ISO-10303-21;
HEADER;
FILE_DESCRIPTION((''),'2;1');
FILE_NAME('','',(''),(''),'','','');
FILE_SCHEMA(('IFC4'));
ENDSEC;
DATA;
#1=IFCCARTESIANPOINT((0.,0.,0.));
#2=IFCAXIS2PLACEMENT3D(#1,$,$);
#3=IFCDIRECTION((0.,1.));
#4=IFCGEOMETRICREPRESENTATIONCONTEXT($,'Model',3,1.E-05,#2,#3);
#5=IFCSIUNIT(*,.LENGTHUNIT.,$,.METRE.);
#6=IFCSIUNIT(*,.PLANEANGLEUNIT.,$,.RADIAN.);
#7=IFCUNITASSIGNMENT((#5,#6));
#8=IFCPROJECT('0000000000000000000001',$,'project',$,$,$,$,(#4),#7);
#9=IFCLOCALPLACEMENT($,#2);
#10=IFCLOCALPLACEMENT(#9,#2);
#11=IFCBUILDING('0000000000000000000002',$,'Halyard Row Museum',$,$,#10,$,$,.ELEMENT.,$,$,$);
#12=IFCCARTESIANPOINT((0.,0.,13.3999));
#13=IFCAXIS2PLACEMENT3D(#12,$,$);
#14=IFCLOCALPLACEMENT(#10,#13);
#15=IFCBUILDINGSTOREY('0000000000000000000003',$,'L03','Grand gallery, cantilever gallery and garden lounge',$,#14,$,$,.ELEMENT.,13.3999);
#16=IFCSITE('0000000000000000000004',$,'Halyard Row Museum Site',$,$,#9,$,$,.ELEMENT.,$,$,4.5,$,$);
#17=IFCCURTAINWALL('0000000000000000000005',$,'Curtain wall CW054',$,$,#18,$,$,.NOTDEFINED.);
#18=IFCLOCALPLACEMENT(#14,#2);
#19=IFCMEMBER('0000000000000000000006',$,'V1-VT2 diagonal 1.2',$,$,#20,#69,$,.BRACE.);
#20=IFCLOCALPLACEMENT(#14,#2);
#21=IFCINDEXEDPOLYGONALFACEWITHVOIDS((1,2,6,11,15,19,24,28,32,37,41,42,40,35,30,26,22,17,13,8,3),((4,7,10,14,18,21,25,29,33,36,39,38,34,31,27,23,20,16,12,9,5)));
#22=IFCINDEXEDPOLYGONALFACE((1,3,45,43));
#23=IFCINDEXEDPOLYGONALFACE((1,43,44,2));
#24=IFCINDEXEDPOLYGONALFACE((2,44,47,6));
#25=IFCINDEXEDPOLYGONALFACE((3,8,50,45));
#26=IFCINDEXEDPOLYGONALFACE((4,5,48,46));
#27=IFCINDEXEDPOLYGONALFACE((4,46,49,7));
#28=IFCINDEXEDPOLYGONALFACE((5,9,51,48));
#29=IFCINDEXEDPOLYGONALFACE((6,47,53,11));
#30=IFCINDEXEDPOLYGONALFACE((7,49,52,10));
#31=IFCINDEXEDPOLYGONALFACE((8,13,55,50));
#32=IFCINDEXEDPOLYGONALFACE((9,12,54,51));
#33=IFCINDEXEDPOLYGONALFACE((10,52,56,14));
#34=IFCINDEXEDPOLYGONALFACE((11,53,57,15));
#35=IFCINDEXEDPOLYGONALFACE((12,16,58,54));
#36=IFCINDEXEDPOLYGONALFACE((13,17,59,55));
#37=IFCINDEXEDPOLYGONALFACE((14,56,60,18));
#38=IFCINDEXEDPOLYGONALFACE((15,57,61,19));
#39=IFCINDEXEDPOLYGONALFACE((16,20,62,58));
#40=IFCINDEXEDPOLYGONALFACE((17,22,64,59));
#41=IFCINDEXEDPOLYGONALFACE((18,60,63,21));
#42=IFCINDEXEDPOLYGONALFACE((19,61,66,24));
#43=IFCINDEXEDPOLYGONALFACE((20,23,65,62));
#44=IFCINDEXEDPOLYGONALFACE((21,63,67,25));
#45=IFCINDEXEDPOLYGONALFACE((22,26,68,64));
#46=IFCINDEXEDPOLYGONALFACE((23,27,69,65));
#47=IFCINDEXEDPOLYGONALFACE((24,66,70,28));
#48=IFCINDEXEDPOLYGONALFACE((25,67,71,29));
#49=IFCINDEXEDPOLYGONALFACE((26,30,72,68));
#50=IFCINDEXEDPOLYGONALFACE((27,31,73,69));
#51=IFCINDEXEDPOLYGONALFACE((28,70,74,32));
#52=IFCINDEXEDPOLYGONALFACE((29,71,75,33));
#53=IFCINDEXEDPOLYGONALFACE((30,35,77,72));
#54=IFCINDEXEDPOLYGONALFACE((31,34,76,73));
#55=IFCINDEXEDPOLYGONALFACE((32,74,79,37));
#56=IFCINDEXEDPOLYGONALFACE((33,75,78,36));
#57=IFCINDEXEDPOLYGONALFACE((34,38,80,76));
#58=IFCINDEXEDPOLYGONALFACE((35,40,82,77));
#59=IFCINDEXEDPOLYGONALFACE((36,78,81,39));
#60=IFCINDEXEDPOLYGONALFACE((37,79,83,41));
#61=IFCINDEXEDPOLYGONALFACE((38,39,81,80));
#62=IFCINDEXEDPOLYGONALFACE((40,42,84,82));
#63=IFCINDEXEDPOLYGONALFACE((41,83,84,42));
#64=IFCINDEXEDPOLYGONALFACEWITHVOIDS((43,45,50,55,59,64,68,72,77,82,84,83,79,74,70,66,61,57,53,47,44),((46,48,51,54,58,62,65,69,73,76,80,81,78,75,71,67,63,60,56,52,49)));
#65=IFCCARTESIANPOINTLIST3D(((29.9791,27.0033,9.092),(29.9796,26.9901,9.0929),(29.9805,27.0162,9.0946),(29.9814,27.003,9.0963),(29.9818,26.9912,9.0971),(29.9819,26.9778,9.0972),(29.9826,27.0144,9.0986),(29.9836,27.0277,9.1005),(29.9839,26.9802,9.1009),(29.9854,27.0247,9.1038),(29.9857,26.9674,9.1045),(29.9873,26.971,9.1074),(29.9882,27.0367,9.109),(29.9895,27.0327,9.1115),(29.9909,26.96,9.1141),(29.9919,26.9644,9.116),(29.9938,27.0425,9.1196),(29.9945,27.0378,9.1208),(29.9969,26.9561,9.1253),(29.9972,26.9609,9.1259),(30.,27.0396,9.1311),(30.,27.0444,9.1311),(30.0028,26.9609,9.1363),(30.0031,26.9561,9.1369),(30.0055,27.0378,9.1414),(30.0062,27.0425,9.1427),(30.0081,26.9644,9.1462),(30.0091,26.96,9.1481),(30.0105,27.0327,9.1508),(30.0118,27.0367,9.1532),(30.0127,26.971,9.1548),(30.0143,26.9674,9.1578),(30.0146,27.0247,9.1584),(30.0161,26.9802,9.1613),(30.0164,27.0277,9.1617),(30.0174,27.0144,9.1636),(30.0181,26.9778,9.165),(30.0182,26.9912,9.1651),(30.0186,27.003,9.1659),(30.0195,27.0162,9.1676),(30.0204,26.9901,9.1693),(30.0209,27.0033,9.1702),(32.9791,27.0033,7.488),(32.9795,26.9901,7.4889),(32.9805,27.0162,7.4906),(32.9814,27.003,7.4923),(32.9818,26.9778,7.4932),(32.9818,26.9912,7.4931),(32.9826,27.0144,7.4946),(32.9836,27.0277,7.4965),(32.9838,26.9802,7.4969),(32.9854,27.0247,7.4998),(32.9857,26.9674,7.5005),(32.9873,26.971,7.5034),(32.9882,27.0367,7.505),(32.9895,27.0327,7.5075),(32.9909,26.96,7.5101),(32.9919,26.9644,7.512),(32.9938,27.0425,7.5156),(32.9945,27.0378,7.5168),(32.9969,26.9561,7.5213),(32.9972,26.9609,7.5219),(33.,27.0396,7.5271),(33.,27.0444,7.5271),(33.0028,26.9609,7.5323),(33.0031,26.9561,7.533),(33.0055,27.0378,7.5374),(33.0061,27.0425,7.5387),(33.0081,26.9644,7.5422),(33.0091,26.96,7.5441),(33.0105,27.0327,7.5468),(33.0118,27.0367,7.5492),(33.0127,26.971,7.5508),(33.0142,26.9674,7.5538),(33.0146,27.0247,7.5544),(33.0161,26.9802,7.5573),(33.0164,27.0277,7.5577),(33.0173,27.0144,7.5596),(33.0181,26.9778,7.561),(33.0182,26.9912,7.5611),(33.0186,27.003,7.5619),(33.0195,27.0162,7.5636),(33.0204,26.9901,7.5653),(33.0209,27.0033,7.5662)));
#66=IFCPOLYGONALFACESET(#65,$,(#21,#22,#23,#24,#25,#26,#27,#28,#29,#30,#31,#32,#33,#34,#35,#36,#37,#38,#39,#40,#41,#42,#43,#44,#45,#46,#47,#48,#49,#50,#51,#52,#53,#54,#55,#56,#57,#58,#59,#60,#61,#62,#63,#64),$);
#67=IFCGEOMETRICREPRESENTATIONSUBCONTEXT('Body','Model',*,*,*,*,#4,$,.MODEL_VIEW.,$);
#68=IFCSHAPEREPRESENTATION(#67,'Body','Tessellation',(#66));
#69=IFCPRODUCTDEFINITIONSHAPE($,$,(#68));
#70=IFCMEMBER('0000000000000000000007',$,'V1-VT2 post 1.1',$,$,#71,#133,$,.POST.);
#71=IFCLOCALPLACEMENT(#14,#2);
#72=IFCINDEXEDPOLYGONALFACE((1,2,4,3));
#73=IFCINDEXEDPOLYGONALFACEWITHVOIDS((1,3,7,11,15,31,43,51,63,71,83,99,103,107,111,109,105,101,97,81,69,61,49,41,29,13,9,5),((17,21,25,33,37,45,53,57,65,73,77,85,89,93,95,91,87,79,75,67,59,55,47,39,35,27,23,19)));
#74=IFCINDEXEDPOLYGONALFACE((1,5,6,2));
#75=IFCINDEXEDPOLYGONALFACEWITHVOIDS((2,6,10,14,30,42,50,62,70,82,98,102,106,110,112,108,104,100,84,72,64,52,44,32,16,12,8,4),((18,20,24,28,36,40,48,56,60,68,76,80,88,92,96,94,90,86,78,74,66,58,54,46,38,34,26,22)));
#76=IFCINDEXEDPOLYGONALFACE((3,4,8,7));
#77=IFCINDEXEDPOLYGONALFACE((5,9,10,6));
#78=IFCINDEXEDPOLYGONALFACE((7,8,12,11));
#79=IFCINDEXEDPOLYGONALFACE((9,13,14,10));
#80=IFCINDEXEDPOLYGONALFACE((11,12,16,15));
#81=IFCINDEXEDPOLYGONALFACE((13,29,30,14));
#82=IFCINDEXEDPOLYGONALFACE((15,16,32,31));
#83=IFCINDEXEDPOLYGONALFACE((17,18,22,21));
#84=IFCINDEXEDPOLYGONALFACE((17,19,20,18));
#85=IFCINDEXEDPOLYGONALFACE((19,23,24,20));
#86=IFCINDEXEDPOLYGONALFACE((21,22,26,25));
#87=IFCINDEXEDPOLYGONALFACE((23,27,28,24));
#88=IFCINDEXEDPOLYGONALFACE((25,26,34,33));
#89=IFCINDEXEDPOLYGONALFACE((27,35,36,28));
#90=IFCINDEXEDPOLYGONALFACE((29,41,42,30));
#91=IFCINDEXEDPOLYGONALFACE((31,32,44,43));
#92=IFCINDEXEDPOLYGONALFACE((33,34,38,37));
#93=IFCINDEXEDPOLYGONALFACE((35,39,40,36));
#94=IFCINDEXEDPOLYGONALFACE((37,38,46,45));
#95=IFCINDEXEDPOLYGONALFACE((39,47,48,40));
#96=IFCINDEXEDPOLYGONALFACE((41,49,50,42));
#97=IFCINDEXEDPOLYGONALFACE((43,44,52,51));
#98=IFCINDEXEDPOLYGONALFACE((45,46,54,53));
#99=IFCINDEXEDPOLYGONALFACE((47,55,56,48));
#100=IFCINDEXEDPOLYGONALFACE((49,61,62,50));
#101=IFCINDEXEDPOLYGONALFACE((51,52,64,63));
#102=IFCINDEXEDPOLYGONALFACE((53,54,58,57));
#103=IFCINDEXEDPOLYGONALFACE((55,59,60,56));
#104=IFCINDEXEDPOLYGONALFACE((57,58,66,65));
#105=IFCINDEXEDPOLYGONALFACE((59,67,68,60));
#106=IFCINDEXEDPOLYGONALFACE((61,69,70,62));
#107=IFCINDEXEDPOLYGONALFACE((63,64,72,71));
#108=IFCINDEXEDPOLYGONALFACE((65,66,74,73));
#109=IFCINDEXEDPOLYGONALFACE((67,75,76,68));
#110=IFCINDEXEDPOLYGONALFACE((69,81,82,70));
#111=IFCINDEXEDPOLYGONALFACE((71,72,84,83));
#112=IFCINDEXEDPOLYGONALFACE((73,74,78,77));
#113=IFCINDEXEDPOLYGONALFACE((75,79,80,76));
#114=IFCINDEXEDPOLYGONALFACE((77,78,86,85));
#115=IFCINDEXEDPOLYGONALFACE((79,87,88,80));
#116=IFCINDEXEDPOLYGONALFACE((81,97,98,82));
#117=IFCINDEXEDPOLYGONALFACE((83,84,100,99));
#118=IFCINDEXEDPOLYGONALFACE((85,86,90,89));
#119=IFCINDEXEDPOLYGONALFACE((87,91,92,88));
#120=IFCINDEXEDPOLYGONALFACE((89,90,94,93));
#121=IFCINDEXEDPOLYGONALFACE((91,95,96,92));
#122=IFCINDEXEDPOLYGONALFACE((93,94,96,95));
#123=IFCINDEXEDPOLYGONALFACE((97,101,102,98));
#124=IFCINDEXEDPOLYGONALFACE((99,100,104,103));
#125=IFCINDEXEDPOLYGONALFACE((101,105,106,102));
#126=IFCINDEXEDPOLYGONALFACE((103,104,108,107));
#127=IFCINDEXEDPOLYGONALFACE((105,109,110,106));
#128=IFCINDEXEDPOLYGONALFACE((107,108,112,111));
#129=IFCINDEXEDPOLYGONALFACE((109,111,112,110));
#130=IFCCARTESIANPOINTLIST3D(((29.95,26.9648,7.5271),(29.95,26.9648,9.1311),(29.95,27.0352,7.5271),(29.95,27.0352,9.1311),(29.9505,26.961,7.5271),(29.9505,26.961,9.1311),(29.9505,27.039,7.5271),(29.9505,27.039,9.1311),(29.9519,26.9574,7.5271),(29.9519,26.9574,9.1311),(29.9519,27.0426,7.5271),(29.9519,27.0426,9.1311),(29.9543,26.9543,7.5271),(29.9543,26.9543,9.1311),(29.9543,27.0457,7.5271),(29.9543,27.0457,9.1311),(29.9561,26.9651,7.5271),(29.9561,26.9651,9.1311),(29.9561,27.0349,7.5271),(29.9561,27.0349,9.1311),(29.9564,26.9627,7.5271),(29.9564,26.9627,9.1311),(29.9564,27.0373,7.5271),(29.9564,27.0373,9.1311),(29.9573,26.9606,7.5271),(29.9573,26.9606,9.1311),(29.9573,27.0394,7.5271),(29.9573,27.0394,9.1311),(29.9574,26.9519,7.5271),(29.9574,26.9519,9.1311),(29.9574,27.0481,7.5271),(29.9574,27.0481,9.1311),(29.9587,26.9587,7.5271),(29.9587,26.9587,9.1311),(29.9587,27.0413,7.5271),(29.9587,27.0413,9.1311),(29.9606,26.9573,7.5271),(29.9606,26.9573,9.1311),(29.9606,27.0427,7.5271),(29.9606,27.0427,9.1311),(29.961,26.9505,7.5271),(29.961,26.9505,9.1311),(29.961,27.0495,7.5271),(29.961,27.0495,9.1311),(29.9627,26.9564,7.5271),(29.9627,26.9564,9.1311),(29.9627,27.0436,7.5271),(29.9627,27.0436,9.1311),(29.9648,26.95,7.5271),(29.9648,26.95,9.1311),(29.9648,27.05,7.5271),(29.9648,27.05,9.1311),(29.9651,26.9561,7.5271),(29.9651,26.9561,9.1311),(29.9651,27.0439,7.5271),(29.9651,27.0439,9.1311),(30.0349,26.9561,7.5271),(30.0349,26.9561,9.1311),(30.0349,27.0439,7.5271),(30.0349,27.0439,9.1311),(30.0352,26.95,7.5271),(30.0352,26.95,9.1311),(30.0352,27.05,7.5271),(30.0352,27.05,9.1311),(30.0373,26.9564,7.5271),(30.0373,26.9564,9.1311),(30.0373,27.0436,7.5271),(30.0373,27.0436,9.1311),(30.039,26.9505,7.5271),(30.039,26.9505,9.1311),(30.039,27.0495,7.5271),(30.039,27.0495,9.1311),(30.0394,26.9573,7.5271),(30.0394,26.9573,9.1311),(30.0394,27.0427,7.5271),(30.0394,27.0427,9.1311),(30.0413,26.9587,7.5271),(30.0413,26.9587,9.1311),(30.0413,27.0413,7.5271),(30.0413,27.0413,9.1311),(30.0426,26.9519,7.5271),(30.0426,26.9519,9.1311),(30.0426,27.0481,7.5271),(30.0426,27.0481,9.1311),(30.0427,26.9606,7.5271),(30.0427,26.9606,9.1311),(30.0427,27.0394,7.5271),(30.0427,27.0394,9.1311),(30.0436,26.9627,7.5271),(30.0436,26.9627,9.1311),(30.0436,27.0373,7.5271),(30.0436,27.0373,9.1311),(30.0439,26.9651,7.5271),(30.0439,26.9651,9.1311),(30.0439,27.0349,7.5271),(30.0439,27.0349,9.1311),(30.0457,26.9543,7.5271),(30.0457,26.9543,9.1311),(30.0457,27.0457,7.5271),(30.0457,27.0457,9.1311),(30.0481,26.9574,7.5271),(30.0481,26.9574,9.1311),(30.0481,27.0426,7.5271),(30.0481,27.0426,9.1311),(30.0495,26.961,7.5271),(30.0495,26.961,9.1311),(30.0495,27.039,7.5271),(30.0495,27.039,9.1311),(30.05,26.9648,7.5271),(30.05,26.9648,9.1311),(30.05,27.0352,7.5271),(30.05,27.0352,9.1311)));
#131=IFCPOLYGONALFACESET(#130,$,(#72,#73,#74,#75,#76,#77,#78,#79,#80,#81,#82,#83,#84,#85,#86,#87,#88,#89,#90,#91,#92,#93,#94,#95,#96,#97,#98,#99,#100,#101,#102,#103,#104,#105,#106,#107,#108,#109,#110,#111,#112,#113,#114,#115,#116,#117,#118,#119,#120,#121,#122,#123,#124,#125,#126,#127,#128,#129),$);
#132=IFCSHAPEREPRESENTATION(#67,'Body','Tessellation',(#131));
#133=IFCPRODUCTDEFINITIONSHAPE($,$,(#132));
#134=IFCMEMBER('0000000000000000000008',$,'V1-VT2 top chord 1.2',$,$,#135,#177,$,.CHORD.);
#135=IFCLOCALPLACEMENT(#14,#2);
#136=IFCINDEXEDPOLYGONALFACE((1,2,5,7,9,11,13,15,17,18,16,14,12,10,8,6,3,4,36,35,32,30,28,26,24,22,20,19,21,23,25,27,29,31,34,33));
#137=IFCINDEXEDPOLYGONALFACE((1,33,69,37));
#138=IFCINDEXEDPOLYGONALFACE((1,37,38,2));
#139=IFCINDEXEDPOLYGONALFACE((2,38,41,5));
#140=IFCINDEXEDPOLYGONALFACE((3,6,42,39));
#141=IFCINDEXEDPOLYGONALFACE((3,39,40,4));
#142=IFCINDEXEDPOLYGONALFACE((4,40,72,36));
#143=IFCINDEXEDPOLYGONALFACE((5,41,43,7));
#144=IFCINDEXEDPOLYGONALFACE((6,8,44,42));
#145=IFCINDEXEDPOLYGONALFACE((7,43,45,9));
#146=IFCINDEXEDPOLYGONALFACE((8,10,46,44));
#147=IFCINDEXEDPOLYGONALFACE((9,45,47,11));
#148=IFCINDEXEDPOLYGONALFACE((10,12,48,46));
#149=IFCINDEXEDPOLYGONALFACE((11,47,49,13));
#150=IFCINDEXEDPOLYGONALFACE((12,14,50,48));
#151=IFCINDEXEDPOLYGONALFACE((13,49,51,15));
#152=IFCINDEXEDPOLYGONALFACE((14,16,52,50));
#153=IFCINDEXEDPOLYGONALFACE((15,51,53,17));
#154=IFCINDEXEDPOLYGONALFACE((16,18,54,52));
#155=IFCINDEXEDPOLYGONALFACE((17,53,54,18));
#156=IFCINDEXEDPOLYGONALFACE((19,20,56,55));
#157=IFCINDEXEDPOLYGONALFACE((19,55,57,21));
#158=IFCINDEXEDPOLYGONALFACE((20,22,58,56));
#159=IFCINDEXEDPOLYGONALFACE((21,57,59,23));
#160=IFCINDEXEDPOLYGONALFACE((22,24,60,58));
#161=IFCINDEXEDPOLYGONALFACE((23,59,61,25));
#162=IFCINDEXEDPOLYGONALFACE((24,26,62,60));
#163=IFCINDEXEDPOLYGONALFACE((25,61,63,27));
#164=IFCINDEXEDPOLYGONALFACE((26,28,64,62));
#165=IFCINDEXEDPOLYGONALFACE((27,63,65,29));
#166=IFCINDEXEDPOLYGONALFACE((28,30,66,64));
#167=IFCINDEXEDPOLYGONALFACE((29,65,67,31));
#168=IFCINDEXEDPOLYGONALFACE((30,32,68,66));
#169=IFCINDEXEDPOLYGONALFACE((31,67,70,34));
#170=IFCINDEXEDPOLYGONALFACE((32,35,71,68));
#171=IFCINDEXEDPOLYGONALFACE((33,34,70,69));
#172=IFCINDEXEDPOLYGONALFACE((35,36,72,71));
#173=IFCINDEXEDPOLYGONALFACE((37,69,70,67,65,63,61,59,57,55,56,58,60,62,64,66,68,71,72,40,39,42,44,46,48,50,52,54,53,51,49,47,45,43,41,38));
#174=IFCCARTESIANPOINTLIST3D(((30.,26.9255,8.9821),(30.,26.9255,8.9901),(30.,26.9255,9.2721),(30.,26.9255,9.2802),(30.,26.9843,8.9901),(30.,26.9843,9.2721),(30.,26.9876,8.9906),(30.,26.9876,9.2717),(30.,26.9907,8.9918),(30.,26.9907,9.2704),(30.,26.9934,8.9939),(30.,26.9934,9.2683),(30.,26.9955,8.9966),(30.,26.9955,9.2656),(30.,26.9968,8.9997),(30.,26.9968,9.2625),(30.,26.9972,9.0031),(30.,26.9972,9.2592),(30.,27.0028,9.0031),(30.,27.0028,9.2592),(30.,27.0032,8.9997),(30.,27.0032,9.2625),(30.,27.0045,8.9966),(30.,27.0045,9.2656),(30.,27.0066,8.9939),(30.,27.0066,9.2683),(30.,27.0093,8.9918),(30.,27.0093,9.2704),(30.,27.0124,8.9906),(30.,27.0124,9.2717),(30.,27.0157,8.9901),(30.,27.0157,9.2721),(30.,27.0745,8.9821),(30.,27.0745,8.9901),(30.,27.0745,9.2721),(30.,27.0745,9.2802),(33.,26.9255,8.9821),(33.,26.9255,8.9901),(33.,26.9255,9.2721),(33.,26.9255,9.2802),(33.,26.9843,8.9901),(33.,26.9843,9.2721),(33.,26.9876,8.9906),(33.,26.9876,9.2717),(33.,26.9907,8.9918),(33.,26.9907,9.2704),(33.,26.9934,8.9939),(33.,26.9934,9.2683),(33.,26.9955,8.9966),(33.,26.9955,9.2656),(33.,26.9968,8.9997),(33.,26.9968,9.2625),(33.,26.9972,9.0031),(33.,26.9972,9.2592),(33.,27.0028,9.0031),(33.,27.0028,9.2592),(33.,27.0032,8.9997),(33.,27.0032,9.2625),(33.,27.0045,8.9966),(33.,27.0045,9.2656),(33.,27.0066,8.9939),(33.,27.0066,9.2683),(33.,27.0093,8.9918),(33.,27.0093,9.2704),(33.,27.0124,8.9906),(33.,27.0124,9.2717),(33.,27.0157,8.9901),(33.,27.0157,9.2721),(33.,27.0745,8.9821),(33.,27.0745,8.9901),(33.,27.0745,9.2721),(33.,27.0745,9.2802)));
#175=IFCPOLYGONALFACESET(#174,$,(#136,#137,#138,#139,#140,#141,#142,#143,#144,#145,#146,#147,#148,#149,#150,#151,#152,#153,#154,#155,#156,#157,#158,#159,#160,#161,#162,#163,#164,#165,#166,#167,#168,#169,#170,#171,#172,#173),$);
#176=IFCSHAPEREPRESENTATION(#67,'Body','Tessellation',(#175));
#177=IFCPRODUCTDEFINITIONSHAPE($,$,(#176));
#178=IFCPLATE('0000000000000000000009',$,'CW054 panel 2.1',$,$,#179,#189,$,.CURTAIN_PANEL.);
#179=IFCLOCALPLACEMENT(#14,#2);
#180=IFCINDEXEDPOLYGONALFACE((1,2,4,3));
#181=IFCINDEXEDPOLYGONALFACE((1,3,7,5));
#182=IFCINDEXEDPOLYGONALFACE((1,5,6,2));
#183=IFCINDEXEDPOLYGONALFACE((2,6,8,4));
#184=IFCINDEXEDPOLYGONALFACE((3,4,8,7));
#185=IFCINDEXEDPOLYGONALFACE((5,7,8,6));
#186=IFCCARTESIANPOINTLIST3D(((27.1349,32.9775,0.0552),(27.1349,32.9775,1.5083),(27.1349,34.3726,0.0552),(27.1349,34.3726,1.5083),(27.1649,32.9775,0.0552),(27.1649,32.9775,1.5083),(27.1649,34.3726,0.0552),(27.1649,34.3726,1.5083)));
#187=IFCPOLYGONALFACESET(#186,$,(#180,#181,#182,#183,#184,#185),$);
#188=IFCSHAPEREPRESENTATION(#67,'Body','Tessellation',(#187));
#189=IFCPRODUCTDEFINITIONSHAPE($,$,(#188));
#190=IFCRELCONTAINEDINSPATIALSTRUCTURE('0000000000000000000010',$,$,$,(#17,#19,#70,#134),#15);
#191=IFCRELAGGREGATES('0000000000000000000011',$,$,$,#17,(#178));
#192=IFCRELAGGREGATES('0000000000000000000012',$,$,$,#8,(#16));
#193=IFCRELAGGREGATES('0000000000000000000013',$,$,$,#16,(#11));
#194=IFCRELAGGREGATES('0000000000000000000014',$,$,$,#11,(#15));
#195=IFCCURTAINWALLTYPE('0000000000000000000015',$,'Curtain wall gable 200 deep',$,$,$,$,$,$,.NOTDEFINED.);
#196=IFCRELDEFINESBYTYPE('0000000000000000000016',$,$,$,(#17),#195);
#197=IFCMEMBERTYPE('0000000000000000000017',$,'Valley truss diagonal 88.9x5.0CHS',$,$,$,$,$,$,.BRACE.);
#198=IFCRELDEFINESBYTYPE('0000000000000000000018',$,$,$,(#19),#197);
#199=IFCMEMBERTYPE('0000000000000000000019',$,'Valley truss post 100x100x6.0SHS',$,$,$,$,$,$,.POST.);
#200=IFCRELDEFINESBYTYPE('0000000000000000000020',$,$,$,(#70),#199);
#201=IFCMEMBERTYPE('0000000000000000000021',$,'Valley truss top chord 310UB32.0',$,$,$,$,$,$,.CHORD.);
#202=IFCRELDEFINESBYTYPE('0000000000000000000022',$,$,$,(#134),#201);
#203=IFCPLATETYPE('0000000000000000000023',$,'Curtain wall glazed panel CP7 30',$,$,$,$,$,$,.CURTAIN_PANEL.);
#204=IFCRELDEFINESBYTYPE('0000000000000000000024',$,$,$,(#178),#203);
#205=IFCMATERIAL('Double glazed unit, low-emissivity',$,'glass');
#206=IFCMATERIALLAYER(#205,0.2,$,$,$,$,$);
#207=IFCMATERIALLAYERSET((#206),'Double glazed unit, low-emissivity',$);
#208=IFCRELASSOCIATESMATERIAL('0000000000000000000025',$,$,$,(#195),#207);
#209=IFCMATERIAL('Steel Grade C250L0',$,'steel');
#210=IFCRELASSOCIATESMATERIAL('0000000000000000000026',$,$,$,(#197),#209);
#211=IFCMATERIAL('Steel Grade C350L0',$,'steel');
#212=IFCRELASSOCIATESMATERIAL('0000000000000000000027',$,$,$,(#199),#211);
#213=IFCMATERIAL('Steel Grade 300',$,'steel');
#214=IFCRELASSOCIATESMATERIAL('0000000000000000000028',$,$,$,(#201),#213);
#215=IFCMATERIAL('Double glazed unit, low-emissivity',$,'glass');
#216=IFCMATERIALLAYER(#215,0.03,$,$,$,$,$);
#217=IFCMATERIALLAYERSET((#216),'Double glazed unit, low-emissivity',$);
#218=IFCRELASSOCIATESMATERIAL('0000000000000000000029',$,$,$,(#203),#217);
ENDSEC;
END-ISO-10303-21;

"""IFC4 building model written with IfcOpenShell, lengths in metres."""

from ifc_helpers import new_model, si_unit, direction, frame, origin, origin_2d, place, context, subcontext, project, spatial, rectangle, hollow_rectangle, hollow_circle, i_section, extrude, material, layer, layer_set, material_profile, profile_set, type_object, element, aggregate, save


model = new_model("IFC4")

# Units and contexts
model_context = context("Model", 3, precision=1e-05, world=origin(), true_north=direction((0.0, 1.0)))
body_context = subcontext(model_context, "Body", "Model", "MODEL_VIEW")
ifc_project = project(units=[si_unit("LENGTHUNIT", "METRE"), si_unit("PLANEANGLEUNIT", "RADIAN")], contexts=[model_context])

# Site, building, storey
site_placement = place(None, origin())
site = spatial("IfcSite", under=ifc_project, at=site_placement, Name="Halyard Row Museum Site", CompositionType="ELEMENT", RefElevation=4.5)
building_placement = place(site_placement, origin())
building = spatial("IfcBuilding", under=site, at=building_placement, Name="Halyard Row Museum", CompositionType="ELEMENT")
storey_placement = place(building_placement, frame((0.0, 0.0, 13.3999)))
storey = spatial("IfcBuildingStorey", under=building, at=storey_placement, Name="L03", Description="Grand gallery, cantilever gallery and garden lounge", CompositionType="ELEMENT", Elevation=13.3999)

# Curtain wall
ifc_material_1 = material(Name="Double glazed unit, low-emissivity", Category="glass")
ifc_layer_1 = layer(ifc_material_1, 0.2)
ifc_layer_set_1 = layer_set([ifc_layer_1], Name="Double glazed unit, low-emissivity")
curtain_wall_type = type_object("IfcCurtainWallType", Name="Curtain wall gable 200 deep", PredefinedType="NOTDEFINED", material=ifc_layer_set_1)
curtain_wall_placement = place(storey_placement, origin())
curtain_wall = element("IfcCurtainWall", 1, at=curtain_wall_placement, inside=storey, type_object=curtain_wall_type, Name="Curtain wall CW054", PredefinedType="NOTDEFINED")

# Members
ifc_material_2 = material(Name="Steel Grade C250L0", Category="steel")
ifc_material_profile_1 = material_profile(ifc_material_2, hollow_circle(Radius=0.0444, WallThickness=0.0049, at=origin_2d()), Name="88.9x5.0CHS")
ifc_profile_set_1 = profile_set([ifc_material_profile_1], Name="Steel Grade C250L0")
member_type_1 = type_object("IfcMemberType", Name="Valley truss diagonal 88.9x5.0CHS", PredefinedType="BRACE", material=ifc_profile_set_1)
member_1_placement = place(storey_placement, frame((30.0, 27.0, 9.1311), z_axis=(0.881864, 0.0, -0.471504), x_axis=(0.0, 1.0, 0.0)))
element("IfcMember", 2, at=member_1_placement, inside=storey, type_object=member_type_1, Name="V1-VT2 diagonal 1.2", PredefinedType="BRACE", context=body_context, shape_type="SweptSolid", body=[
    extrude(hollow_circle(Radius=0.0444, WallThickness=0.0049, at=origin_2d()), origin(), (0.0, 0.0, 1.0), 3.4019),
])
ifc_material_3 = material(Name="Steel Grade C350L0", Category="steel")
ifc_material_profile_2 = material_profile(ifc_material_3, hollow_rectangle(XDim=0.1001, YDim=0.1001, WallThickness=0.0061, InnerFilletRadius=0.009, OuterFilletRadius=0.0149, at=origin_2d()), Name="100x100x6.0SHS")
ifc_profile_set_2 = profile_set([ifc_material_profile_2], Name="Steel Grade C350L0")
member_type_2 = type_object("IfcMemberType", Name="Valley truss post 100x100x6.0SHS", PredefinedType="POST", material=ifc_profile_set_2)
member_2_placement = place(storey_placement, frame((30.0, 27.0, 7.5271), z_axis=(0.0, 0.0, 1.0), x_axis=(1.0, 0.0, 0.0)))
element("IfcMember", 3, at=member_2_placement, inside=storey, type_object=member_type_2, Name="V1-VT2 post 1.1", PredefinedType="POST", context=body_context, shape_type="SweptSolid", body=[
    extrude(hollow_rectangle(XDim=0.1001, YDim=0.1001, WallThickness=0.0061, InnerFilletRadius=0.009, OuterFilletRadius=0.0149, at=origin_2d()), origin(), (0.0, 0.0, 1.0), 1.604),
])
ifc_material_4 = material(Name="Steel Grade 300", Category="steel")
ifc_material_profile_3 = material_profile(ifc_material_4, i_section(OverallWidth=0.1489, OverallDepth=0.2981, WebThickness=0.0056, FlangeThickness=0.0081, FilletRadius=0.0129, at=origin_2d()), Name="310UB32.0")
ifc_profile_set_3 = profile_set([ifc_material_profile_3], Name="Steel Grade 300")
member_type_3 = type_object("IfcMemberType", Name="Valley truss top chord 310UB32.0", PredefinedType="CHORD", material=ifc_profile_set_3)
member_3_placement = place(storey_placement, frame((30.0, 27.0, 9.1311), z_axis=(1.0, 0.0, 0.0), x_axis=(0.0, 1.0, 0.0)))
element("IfcMember", 4, at=member_3_placement, inside=storey, type_object=member_type_3, Name="V1-VT2 top chord 1.2", PredefinedType="CHORD", context=body_context, shape_type="SweptSolid", body=[
    extrude(i_section(OverallWidth=0.1489, OverallDepth=0.2981, WebThickness=0.0056, FlangeThickness=0.0081, FilletRadius=0.0129, at=origin_2d()), origin(), (0.0, 0.0, 1.0), 3.0),
])

# Plate
ifc_material_5 = material(Name="Double glazed unit, low-emissivity", Category="glass")
ifc_layer_2 = layer(ifc_material_5, 0.03)
ifc_layer_set_2 = layer_set([ifc_layer_2], Name="Double glazed unit, low-emissivity")
plate_type = type_object("IfcPlateType", Name="Curtain wall glazed panel CP7 30", PredefinedType="CURTAIN_PANEL", material=ifc_layer_set_2)
plate_1_placement = place(storey_placement, frame((27.1499, 33.675, 0.0552), z_axis=(0.0, 0.0, 1.0), x_axis=(0.0, -1.0, 0.0)))
plate_1 = element("IfcPlate", 5, at=plate_1_placement, type_object=plate_type, Name="CW054 panel 2.1", PredefinedType="CURTAIN_PANEL", context=body_context, shape_type="SweptSolid", body=[
    extrude(rectangle(XDim=1.395, YDim=0.03, at=origin_2d()), origin(), (0.0, 0.0, 1.0), 1.4531),
])
aggregate(curtain_wall, [plate_1])

save(model, "model.ifc")
